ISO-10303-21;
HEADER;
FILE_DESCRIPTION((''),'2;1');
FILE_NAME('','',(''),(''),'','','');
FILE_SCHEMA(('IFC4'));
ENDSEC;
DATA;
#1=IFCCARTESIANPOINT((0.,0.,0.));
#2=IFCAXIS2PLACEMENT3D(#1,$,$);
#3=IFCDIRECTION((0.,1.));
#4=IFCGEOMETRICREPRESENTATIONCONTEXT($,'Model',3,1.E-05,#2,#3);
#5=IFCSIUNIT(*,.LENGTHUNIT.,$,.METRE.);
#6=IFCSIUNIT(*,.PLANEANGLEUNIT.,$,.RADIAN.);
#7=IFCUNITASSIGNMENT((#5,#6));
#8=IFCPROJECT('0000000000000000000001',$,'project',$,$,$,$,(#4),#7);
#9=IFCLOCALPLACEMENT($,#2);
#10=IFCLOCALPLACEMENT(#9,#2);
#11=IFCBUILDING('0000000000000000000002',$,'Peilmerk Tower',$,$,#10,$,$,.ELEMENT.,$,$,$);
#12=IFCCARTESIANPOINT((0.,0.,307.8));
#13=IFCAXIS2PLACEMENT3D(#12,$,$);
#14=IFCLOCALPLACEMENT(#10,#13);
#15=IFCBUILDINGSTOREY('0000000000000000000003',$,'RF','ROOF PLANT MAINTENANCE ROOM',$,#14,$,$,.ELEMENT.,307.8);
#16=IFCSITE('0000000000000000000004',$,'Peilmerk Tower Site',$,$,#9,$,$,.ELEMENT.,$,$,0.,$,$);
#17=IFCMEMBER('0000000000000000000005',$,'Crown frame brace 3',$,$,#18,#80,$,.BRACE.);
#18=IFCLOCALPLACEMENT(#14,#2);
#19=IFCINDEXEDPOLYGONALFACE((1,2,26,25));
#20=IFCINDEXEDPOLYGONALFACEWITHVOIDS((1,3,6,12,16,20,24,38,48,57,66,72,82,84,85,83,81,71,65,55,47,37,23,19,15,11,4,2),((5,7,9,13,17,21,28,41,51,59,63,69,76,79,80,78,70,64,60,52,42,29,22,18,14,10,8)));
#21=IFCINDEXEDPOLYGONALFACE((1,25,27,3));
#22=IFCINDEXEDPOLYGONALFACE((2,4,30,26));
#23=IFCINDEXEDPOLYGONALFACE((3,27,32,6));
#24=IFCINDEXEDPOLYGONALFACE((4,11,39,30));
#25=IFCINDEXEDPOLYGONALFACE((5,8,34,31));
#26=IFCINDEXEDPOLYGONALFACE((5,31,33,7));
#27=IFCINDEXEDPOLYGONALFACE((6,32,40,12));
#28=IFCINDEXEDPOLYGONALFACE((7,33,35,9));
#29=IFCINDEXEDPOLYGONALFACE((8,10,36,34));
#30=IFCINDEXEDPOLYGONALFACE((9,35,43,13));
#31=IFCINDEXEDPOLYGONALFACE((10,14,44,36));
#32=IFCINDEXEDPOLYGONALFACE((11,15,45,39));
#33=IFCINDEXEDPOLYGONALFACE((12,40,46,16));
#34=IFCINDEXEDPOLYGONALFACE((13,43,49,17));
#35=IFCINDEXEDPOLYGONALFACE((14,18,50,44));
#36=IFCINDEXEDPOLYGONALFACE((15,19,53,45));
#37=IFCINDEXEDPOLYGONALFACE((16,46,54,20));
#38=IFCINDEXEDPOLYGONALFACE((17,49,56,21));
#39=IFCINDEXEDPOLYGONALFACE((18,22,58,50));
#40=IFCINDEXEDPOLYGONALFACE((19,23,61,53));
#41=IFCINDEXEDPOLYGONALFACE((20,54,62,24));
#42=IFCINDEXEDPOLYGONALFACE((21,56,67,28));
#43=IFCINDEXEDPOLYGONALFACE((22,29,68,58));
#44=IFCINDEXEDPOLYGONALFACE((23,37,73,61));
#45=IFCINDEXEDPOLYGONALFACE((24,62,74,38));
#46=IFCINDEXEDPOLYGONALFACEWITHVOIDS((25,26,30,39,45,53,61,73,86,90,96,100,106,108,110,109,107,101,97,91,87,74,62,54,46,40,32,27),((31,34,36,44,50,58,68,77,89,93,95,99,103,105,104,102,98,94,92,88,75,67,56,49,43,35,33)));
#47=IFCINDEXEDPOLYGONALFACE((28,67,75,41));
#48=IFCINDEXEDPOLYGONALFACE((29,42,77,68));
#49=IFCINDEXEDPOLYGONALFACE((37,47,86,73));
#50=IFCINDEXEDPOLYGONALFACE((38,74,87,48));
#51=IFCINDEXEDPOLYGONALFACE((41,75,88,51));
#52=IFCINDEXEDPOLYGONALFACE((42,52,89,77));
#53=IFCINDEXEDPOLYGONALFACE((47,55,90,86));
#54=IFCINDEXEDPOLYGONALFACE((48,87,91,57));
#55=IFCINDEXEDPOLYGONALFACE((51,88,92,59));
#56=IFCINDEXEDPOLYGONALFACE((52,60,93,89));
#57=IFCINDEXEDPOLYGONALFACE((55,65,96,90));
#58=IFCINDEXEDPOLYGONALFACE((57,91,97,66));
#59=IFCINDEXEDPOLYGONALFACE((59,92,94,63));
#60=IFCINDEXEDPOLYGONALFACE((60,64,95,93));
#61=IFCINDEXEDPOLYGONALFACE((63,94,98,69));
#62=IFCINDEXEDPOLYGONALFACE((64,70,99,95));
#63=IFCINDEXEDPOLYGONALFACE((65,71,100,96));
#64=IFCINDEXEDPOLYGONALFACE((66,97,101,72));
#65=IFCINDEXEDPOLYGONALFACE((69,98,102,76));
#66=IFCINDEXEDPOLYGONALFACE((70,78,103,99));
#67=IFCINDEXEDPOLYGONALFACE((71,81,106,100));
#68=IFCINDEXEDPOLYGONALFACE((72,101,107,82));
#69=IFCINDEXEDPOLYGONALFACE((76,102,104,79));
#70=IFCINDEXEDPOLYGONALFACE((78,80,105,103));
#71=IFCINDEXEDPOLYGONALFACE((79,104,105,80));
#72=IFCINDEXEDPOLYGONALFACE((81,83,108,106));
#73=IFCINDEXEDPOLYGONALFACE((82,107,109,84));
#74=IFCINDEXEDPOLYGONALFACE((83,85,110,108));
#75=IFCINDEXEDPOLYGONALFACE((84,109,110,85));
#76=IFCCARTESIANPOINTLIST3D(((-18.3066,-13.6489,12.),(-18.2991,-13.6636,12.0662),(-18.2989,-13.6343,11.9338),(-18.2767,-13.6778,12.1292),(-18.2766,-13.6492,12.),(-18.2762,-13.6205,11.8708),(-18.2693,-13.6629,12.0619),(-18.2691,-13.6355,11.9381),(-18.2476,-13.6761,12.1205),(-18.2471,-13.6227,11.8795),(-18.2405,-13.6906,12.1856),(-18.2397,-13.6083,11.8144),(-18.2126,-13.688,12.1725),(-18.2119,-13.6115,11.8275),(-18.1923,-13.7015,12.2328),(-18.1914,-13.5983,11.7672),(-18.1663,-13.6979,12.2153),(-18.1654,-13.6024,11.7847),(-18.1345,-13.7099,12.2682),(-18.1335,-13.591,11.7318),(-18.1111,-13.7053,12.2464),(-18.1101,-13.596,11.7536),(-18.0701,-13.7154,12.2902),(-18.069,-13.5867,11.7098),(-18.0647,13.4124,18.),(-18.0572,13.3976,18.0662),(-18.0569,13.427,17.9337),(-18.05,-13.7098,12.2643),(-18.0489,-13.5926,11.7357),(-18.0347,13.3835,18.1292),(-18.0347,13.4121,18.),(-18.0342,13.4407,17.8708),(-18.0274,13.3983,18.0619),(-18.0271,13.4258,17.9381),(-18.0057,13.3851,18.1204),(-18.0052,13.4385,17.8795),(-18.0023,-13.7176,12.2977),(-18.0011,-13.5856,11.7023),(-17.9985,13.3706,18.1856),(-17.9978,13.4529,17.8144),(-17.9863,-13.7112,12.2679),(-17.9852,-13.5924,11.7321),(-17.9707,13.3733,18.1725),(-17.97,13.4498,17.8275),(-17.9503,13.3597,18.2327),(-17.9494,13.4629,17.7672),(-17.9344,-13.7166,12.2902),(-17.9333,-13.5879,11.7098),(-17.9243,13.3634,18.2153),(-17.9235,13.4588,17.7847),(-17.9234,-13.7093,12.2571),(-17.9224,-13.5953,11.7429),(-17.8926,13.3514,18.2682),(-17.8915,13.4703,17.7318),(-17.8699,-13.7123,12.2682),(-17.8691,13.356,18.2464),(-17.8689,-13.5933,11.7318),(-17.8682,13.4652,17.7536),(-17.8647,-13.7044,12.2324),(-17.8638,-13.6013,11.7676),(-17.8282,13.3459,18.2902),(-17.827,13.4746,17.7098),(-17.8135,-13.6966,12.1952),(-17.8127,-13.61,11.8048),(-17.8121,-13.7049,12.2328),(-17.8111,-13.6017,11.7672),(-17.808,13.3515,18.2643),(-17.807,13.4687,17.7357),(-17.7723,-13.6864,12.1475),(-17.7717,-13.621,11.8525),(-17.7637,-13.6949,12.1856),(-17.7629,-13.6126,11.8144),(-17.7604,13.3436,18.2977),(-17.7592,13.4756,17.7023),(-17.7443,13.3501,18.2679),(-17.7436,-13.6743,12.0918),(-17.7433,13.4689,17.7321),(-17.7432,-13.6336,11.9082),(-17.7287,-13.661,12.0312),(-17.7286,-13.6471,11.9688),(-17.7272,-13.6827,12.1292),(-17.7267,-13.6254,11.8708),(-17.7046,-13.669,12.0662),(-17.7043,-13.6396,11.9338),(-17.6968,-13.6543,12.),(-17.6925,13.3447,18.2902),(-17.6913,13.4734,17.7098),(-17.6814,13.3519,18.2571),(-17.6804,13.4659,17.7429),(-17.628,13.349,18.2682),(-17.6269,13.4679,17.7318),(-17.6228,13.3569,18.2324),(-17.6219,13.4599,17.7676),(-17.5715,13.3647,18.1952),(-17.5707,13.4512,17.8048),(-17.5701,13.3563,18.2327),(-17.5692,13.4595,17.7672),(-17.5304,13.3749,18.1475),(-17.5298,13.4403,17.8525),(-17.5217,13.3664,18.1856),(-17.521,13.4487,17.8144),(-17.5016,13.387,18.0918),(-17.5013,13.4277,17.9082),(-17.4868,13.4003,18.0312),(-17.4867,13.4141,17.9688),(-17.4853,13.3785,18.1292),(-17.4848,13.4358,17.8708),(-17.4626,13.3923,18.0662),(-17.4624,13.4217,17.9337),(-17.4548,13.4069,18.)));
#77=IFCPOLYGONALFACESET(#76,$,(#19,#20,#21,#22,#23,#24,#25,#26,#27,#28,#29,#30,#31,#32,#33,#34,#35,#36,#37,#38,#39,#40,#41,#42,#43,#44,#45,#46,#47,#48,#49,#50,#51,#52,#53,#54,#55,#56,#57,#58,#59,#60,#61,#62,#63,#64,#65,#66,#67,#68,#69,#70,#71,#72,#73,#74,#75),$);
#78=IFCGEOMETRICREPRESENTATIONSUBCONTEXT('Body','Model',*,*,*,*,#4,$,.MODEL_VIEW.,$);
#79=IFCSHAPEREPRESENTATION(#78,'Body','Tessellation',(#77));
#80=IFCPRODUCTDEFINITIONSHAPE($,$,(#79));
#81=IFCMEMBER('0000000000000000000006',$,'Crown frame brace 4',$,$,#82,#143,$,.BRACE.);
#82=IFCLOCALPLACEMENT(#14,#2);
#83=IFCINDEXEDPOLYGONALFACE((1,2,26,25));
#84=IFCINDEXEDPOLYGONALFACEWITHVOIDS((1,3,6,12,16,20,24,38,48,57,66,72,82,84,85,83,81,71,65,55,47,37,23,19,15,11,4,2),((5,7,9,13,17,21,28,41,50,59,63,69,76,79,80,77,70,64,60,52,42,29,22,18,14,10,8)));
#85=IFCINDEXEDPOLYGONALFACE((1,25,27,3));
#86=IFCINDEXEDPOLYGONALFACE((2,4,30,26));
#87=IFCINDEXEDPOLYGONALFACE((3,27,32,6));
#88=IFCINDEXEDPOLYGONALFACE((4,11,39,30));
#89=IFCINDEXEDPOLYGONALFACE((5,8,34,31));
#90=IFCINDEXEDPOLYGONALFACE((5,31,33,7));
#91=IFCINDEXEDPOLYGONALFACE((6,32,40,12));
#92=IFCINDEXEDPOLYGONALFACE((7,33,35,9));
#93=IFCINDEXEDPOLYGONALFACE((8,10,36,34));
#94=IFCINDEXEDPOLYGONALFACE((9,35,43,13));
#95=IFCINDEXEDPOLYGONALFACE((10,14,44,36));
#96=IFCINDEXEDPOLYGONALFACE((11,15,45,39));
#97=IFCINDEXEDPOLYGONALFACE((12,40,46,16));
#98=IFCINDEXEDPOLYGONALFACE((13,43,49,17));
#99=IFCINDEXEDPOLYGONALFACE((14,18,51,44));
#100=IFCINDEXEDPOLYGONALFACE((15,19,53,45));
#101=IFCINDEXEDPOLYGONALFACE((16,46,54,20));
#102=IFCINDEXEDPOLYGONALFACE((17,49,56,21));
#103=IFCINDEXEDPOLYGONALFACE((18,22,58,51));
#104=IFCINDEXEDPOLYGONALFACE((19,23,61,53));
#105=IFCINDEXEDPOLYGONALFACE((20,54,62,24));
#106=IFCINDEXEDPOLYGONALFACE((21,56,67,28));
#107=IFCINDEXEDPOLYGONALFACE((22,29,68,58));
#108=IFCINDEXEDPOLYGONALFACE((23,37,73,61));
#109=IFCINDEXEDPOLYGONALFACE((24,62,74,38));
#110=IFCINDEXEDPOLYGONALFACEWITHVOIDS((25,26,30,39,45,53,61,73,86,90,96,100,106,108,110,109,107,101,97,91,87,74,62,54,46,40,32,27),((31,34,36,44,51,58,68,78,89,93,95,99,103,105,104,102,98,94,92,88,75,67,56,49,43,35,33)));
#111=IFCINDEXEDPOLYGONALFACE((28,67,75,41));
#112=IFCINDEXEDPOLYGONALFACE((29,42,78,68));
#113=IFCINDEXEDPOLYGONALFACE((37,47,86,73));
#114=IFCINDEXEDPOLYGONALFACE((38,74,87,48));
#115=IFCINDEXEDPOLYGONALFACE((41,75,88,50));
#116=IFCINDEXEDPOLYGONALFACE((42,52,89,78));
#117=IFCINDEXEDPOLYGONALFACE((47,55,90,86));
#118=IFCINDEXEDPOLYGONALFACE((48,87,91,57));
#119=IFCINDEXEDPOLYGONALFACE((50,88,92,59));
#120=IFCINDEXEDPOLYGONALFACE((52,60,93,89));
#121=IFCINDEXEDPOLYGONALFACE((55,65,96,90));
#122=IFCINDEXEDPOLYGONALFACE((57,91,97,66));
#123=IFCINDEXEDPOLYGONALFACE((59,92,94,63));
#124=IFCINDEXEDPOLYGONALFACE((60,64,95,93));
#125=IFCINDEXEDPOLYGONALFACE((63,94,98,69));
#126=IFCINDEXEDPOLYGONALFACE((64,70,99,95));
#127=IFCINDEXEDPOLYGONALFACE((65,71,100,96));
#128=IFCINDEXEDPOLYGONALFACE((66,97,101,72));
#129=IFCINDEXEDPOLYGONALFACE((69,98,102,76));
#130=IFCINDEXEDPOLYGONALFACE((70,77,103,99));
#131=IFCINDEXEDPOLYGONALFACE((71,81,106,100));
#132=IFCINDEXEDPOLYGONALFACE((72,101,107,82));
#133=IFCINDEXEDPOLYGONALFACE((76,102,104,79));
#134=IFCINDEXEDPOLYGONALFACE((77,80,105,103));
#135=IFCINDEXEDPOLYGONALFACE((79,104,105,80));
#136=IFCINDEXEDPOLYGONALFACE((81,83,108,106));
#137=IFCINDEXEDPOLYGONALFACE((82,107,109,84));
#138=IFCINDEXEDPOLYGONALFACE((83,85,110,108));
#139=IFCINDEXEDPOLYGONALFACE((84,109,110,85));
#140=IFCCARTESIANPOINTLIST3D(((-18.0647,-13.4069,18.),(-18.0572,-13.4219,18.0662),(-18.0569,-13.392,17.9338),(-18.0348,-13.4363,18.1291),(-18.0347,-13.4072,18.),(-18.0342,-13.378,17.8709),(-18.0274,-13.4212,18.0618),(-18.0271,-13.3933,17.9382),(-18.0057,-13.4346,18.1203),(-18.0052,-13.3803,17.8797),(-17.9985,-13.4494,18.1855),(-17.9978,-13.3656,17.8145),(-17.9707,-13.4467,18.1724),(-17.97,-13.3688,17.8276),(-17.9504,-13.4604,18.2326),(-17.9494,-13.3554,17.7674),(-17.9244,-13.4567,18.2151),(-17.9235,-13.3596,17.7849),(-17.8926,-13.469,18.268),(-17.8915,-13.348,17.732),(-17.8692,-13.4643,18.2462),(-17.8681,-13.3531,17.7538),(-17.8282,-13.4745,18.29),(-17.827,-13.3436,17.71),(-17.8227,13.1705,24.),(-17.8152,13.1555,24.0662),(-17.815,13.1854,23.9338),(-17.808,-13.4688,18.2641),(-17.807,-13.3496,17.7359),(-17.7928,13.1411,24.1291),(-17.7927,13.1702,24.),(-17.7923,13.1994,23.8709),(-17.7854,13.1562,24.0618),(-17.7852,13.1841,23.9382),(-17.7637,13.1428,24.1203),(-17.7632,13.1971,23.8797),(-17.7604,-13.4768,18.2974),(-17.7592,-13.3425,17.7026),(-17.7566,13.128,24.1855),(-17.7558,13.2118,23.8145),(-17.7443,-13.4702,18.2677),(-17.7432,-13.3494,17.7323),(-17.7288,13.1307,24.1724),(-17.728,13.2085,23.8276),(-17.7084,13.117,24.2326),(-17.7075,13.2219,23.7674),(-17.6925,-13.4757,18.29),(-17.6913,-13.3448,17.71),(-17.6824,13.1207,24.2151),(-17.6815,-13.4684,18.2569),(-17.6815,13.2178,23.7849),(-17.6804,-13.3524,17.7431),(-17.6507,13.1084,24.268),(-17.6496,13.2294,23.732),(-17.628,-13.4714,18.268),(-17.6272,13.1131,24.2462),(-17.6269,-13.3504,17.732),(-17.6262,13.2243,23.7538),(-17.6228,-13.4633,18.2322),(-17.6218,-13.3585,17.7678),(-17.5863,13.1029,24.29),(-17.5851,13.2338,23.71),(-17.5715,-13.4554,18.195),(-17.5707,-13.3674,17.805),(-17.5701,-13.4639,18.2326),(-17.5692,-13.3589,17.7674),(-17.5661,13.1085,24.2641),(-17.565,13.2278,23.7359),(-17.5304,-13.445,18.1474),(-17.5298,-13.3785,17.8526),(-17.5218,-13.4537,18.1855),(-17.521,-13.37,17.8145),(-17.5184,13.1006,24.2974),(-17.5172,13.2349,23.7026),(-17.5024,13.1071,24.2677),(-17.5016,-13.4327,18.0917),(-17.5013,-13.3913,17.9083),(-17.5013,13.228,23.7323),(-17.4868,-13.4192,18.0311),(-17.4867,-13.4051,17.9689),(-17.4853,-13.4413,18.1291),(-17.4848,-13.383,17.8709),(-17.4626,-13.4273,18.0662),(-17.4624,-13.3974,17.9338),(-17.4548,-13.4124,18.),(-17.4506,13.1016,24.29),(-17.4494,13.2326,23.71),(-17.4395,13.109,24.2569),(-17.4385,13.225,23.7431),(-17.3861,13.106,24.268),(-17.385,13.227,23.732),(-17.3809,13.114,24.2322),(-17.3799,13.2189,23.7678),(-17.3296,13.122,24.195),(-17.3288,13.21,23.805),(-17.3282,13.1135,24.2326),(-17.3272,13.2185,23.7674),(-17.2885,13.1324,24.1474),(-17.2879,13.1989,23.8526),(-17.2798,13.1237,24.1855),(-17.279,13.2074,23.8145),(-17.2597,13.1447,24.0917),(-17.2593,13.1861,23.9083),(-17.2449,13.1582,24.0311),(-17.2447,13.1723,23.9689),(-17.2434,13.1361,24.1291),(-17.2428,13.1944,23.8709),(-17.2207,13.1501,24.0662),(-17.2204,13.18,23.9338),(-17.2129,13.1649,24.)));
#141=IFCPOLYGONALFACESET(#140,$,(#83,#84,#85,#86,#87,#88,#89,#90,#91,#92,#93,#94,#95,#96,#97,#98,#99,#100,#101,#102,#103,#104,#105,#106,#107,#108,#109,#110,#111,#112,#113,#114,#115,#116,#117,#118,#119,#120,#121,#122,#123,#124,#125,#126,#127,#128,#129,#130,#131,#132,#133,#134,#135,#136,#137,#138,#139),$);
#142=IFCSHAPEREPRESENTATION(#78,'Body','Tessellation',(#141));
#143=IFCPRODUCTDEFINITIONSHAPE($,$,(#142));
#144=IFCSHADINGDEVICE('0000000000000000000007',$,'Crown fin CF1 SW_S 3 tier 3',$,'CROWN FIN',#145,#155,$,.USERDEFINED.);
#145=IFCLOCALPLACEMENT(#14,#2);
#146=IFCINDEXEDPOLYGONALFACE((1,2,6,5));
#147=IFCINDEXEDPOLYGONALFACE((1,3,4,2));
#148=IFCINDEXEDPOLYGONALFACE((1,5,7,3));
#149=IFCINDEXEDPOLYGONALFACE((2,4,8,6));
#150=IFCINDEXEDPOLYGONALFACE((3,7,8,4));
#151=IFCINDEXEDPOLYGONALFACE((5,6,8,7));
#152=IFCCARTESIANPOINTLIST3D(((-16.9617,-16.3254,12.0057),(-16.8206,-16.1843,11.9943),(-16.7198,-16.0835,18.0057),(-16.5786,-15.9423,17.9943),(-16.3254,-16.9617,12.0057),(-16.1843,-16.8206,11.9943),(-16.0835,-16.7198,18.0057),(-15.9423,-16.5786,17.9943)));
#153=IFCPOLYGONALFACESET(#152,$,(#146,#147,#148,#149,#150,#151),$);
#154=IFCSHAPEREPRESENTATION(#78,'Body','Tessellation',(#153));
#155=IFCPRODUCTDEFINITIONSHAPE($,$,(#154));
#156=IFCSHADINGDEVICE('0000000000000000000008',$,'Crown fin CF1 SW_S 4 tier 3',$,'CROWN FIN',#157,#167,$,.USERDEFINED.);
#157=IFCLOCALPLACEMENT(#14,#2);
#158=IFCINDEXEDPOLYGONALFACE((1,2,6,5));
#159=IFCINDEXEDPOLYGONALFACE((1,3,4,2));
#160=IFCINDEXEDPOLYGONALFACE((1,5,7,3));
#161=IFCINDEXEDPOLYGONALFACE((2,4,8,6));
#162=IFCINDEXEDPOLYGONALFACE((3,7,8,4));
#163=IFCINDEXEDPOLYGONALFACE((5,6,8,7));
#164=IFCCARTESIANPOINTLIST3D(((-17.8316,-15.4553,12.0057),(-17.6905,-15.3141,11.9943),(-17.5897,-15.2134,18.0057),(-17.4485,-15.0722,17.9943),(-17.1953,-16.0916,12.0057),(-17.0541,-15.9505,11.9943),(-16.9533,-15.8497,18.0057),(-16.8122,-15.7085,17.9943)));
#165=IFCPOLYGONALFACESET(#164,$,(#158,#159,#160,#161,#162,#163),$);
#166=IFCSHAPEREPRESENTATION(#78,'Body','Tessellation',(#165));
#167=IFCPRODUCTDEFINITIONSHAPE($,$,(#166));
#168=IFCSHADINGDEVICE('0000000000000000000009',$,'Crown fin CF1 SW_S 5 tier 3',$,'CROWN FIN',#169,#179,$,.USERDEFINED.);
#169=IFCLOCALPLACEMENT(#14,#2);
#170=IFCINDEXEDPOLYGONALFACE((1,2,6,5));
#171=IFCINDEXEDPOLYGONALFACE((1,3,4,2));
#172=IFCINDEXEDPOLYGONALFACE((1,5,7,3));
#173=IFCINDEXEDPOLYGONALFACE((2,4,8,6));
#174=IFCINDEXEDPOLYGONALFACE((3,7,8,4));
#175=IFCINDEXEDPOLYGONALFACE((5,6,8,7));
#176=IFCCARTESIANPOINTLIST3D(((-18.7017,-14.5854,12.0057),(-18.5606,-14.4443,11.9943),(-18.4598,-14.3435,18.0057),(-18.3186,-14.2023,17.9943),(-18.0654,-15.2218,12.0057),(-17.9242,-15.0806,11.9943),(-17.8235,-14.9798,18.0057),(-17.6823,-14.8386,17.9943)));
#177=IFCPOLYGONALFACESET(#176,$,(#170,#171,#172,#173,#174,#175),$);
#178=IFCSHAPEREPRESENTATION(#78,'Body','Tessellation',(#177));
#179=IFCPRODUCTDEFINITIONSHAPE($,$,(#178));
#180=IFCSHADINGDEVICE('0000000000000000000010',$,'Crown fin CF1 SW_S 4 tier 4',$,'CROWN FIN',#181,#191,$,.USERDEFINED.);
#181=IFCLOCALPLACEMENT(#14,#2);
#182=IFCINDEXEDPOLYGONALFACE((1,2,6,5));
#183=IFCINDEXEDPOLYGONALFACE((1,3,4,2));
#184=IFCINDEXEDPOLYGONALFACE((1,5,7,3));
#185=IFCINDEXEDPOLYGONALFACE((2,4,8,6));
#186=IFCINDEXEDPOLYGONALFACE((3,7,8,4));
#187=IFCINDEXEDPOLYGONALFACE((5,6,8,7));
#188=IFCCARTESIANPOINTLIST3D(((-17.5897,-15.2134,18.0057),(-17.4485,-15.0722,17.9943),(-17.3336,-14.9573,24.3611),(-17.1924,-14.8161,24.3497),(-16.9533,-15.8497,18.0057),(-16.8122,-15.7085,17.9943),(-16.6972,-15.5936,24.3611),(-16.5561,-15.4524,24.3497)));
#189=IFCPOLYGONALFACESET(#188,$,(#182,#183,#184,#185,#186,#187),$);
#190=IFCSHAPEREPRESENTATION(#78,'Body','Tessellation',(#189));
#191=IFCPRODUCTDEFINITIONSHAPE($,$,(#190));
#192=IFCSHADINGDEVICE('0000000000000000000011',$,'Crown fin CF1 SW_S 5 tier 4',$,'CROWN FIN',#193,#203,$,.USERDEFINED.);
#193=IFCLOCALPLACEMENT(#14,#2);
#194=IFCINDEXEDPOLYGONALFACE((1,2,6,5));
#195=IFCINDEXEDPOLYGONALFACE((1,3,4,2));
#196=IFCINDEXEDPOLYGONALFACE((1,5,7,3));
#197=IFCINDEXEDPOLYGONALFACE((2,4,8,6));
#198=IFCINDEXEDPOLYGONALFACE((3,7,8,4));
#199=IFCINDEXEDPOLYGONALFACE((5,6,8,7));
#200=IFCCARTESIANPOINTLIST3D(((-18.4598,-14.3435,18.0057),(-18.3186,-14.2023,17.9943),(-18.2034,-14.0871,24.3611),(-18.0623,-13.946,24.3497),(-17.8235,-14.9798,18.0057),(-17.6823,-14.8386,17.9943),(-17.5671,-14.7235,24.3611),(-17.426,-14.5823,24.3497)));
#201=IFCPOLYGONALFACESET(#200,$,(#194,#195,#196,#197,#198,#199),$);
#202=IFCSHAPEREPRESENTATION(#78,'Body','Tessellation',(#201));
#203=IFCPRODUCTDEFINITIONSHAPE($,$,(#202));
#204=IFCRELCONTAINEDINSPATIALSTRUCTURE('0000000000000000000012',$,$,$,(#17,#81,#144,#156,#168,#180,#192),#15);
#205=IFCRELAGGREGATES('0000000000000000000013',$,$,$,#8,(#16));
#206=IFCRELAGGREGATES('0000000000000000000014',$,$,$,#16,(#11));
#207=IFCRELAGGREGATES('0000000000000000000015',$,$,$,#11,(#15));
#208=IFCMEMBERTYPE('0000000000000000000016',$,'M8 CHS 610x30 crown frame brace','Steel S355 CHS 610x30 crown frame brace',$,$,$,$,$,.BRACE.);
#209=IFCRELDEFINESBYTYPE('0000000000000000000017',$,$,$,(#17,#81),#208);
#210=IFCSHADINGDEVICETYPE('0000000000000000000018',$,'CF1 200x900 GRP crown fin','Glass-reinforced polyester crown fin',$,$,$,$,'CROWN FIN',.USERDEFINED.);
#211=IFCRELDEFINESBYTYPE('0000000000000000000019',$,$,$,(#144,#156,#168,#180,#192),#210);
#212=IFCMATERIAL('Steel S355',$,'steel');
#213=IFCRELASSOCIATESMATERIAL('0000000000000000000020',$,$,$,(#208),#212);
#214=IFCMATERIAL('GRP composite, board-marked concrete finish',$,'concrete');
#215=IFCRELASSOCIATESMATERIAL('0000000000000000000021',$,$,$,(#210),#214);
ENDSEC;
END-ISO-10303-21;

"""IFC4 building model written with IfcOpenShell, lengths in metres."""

from ifc_helpers import new_model, si_unit, direction, frame, origin, origin_2d, place, context, subcontext, project, spatial, rectangle, hollow_circle, extrude, source, transform, mapped, material, material_profile, profile_set, type_object, element, save


model = new_model("IFC4")

# Units and contexts
model_context = context("Model", 3, precision=1e-05, world=origin(), true_north=direction((0.0, 1.0)))
body_context = subcontext(model_context, "Body", "Model", "MODEL_VIEW")
ifc_project = project(units=[si_unit("LENGTHUNIT", "METRE"), si_unit("PLANEANGLEUNIT", "RADIAN")], contexts=[model_context])

# Site, building, storey
site_placement = place(None, origin())
site = spatial("IfcSite", under=ifc_project, at=site_placement, Name="Peilmerk Tower Site", CompositionType="ELEMENT", RefElevation=0.0)
building_placement = place(site_placement, origin())
building = spatial("IfcBuilding", under=site, at=building_placement, Name="Peilmerk Tower", CompositionType="ELEMENT")
storey_placement = place(building_placement, frame((0.0, 0.0, 307.8)))
storey = spatial("IfcBuildingStorey", under=building, at=storey_placement, Name="RF", Description="ROOF PLANT MAINTENANCE ROOM", CompositionType="ELEMENT", Elevation=307.8)

# Shared definitions
ifc_material_1 = material(Name="Steel S355", Category="steel")

# Members
ifc_material_profile_1 = material_profile(ifc_material_1, hollow_circle(Radius=0.3049, WallThickness=0.03, at=origin_2d()), Name="CHS 610x30")
ifc_profile_set_1 = profile_set([ifc_material_profile_1], Name="Steel S355")
member_type_1 = type_object("IfcMemberType", Name="M8 CHS 610x30 crown frame brace", Description="Steel S355 CHS 610x30 crown frame brace", PredefinedType="BRACE", material=ifc_profile_set_1)
member_1_placement = place(storey_placement, frame((-18.0017, -13.6516, 12.0), z_axis=(0.008728, 0.976254, 0.216454), x_axis=(-0.99996, 0.00894, 0.0)))
element("IfcMember", 1, at=member_1_placement, inside=storey, type_object=member_type_1, Name="Crown frame brace 3", PredefinedType="BRACE", context=body_context, shape_type="SweptSolid", body=[
    extrude(hollow_circle(Radius=0.3049, WallThickness=0.03, at=origin_2d()), origin(), (0.0, 0.0, 1.0), 27.7195),
])
member_2_placement = place(storey_placement, frame((-17.7598, -13.4097, 18.0), z_axis=(0.00888, 0.975413, 0.220205), x_axis=(-0.999959, 0.009103, 0.0)))
element("IfcMember", 2, at=member_2_placement, inside=storey, type_object=member_type_1, Name="Crown frame brace 4", PredefinedType="BRACE", context=body_context, shape_type="SweptSolid", body=[
    extrude(hollow_circle(Radius=0.3049, WallThickness=0.03, at=origin_2d()), origin(), (0.0, 0.0, 1.0), 27.2473),
])

# Shading devices
ifc_material_2 = material(Name="GRP composite, board-marked concrete finish", Category="concrete")
ifc_material_profile_2 = material_profile(ifc_material_2, rectangle(XDim=0.2, YDim=0.8999, at=origin_2d()), Name="CF1 200x900")
ifc_profile_set_2 = profile_set([ifc_material_profile_2], Name="GRP composite, board-marked concrete finish")
shading_device_type = type_object("IfcShadingDeviceType", Name="CF1 200x900 GRP crown fin", Description="Glass-reinforced polyester crown fin", ElementType="CROWN FIN", PredefinedType="USERDEFINED", material=ifc_profile_set_2)
shared_shape_1 = source(origin(), body_context, "Body", "SweptSolid", [
    extrude(rectangle(XDim=0.2, YDim=0.8999, at=origin_2d()), origin(), (0.0, 0.0, 1.0), 6.0098),
])
for number, where, z_axis, x_axis, name in (
    (3, (-16.573, -16.573, 12.0), (0.040258, 0.040258, 0.998378), (-0.70596, -0.70596, 0.056934), "Crown fin CF1 SW_S 3 tier 3"),
    (4, (-17.4429, -15.7029, 12.0), (0.040258, 0.040258, 0.998378), (-0.70596, -0.70596, 0.056934), "Crown fin CF1 SW_S 4 tier 3"),
    (5, (-18.313, -14.833, 12.0), (0.040258, 0.040258, 0.998378), (-0.70596, -0.70596, 0.056934), "Crown fin CF1 SW_S 5 tier 3"),
):
    element("IfcShadingDevice", number, at=place(storey_placement, frame(where, z_axis=z_axis, x_axis=x_axis)), inside=storey, type_object=shading_device_type, Name=name, ObjectType="CROWN FIN", PredefinedType="USERDEFINED", context=body_context, shape_type="MappedRepresentation", body=[
        mapped(shared_shape_1, transform((0.0, 0.0, 0.0), scale=1.0)),
    ])
shared_shape_2 = source(origin(), body_context, "Body", "SweptSolid", [
    extrude(rectangle(XDim=0.2, YDim=0.8999, at=origin_2d()), origin(), (0.0, 0.0, 1.0), 6.3657),
])
for number, where, z_axis, x_axis, name in (
    (6, (-17.2009, -15.4609, 18.0), (0.040231, 0.040231, 0.99838), (-0.705961, -0.705961, 0.056896), "Crown fin CF1 SW_S 4 tier 4"),
    (7, (-18.071, -14.5911, 18.0), (0.04027, 0.04027, 0.998377), (-0.705959, -0.705959, 0.05695), "Crown fin CF1 SW_S 5 tier 4"),
):
    element("IfcShadingDevice", number, at=place(storey_placement, frame(where, z_axis=z_axis, x_axis=x_axis)), inside=storey, type_object=shading_device_type, Name=name, ObjectType="CROWN FIN", PredefinedType="USERDEFINED", context=body_context, shape_type="MappedRepresentation", body=[
        mapped(shared_shape_2, transform((0.0, 0.0, 0.0), scale=1.0)),
    ])

save(model, "model.ifc")
